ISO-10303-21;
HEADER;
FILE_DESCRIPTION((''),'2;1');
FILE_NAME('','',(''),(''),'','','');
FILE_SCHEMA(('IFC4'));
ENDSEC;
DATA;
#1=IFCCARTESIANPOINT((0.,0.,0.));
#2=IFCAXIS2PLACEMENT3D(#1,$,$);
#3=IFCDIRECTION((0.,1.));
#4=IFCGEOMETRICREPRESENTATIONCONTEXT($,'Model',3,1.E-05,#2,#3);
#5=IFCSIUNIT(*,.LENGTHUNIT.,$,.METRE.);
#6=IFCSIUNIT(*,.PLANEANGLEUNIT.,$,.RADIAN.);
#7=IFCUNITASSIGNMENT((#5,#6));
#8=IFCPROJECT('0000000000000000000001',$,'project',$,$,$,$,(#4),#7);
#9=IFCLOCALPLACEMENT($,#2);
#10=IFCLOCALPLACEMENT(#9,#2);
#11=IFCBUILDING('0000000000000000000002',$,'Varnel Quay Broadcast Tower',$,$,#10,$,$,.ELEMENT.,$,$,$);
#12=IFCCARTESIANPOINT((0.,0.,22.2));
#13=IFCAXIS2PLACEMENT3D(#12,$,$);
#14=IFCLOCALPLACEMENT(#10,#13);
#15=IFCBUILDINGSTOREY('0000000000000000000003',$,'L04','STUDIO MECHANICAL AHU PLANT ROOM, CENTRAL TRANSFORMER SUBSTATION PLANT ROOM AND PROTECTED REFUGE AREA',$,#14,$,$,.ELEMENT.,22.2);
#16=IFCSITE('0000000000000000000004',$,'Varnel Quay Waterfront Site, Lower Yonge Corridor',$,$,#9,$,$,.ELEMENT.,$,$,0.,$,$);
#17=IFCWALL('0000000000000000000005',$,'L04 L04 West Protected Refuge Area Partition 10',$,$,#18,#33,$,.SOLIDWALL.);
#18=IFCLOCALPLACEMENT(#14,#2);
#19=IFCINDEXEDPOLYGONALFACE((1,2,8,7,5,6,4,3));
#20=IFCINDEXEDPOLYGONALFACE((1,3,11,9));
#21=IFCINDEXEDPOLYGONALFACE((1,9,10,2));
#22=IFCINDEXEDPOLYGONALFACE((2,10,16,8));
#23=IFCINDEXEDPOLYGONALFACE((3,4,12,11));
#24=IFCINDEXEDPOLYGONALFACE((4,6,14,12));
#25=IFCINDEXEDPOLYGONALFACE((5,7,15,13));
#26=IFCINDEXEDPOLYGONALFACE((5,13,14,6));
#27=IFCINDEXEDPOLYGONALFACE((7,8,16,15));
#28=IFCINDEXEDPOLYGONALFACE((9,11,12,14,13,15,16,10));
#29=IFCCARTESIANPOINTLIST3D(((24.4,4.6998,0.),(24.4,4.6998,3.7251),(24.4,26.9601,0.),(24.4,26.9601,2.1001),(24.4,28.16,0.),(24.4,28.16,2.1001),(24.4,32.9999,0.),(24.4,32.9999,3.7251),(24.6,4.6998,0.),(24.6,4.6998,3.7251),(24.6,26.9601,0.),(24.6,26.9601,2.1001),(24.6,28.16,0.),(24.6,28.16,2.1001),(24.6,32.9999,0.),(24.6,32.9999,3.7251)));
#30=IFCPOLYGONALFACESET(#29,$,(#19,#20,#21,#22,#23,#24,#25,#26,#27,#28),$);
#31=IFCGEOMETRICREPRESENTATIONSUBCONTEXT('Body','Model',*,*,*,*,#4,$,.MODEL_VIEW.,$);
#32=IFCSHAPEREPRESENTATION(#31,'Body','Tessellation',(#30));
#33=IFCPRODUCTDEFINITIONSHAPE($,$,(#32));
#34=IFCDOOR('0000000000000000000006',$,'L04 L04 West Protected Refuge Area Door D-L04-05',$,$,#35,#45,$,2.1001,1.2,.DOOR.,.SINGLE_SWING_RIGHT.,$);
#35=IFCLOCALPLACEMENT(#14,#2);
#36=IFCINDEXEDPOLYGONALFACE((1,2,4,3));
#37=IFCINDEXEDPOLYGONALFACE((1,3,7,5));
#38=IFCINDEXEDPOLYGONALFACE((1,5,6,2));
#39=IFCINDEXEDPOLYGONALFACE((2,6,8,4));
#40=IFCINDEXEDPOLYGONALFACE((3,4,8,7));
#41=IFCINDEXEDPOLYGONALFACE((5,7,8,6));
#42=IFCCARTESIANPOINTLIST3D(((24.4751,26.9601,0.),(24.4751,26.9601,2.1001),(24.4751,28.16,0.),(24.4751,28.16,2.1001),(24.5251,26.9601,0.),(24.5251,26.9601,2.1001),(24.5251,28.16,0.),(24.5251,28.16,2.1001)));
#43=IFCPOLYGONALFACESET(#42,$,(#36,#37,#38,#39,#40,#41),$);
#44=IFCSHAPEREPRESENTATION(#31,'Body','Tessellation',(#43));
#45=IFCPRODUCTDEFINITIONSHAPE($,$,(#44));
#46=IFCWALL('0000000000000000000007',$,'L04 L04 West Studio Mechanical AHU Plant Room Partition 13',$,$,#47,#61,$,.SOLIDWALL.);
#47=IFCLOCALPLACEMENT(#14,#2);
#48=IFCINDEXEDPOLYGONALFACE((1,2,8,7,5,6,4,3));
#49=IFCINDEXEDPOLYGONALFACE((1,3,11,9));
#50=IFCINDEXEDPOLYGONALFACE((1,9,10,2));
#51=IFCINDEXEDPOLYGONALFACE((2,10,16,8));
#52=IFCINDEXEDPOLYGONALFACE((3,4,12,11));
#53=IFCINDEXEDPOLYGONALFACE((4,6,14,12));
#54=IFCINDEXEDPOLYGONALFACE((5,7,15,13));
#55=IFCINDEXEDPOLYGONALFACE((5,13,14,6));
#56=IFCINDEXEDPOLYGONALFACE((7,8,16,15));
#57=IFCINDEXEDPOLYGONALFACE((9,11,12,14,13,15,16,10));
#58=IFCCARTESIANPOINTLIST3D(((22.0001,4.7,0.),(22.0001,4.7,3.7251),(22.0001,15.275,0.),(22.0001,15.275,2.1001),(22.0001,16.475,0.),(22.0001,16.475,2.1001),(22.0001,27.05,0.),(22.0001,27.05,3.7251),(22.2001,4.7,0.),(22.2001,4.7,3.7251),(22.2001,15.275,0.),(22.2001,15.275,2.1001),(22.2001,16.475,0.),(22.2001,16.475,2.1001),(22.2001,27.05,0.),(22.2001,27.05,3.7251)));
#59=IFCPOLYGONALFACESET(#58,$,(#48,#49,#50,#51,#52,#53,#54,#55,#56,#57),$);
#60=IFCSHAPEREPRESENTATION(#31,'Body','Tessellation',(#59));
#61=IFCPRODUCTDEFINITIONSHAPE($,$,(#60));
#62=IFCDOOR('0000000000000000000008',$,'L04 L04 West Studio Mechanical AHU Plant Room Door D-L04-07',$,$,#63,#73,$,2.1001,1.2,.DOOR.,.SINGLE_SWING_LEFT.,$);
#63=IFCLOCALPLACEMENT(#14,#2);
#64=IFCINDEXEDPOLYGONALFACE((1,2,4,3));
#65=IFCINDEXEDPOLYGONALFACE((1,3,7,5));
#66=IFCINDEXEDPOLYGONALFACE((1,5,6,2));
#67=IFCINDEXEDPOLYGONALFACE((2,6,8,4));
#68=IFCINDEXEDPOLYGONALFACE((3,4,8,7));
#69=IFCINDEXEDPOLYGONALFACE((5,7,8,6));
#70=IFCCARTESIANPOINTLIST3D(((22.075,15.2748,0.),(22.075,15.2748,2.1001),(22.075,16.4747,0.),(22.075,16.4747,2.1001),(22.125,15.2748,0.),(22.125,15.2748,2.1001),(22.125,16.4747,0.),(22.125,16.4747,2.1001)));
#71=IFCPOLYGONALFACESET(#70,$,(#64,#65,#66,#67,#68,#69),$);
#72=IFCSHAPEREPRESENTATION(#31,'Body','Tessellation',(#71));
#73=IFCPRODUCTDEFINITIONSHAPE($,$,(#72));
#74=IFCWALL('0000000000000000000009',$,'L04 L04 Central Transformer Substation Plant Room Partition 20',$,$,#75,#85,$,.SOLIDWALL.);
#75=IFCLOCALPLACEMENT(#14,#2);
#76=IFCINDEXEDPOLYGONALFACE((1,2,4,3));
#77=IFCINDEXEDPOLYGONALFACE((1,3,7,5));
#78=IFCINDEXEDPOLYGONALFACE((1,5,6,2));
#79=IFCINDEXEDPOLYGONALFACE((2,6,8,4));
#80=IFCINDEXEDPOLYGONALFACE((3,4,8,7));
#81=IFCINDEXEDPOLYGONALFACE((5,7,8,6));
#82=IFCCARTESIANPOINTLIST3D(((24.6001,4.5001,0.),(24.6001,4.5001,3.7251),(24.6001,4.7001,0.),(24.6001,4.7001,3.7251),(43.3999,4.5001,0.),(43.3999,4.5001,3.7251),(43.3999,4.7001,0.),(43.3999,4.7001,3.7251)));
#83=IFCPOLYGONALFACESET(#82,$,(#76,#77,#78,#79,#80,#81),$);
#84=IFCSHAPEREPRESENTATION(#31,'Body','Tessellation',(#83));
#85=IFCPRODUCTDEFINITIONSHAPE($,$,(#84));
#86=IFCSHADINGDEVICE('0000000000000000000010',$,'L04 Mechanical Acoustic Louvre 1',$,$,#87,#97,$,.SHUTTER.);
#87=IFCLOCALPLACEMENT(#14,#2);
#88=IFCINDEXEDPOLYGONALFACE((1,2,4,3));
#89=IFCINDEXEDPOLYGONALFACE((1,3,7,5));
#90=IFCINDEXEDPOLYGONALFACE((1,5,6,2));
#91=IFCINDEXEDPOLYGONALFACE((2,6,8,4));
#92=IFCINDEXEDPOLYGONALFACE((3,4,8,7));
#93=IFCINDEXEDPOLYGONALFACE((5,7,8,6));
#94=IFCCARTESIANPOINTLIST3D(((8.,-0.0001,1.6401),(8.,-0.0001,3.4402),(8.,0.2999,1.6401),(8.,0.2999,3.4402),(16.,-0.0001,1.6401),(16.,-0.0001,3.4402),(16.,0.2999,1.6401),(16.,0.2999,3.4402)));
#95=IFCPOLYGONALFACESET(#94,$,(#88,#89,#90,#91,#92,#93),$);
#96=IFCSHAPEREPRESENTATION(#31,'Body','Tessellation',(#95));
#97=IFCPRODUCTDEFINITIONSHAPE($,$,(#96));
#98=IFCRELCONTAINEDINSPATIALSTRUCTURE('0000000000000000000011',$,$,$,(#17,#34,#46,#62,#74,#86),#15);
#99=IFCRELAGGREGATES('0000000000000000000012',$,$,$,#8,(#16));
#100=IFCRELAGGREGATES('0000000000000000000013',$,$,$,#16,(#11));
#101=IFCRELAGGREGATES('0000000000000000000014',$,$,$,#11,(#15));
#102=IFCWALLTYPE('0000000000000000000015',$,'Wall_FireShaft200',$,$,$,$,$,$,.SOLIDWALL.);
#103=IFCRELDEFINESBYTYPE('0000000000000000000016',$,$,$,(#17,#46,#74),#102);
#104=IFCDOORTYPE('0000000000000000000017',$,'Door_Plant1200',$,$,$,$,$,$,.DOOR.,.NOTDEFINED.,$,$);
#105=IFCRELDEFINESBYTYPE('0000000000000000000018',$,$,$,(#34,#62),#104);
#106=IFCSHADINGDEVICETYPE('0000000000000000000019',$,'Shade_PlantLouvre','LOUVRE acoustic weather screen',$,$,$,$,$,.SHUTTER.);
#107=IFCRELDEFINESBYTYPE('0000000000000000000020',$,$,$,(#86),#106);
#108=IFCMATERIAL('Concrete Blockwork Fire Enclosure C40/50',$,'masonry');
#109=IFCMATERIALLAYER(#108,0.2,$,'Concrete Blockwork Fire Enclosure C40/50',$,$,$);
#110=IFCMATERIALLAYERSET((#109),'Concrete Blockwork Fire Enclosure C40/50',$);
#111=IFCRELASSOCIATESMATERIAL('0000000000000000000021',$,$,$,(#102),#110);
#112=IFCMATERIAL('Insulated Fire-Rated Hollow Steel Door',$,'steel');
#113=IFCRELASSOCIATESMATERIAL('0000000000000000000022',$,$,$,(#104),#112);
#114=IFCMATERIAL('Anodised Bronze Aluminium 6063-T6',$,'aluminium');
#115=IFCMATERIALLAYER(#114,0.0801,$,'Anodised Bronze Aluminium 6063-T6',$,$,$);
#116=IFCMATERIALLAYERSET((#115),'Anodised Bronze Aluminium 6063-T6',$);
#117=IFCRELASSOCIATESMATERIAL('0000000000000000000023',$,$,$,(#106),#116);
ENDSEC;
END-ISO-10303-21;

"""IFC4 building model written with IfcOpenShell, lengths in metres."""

from ifc_helpers import new_model, si_unit, direction, frame, frame_2d, origin, origin_2d, place, context, subcontext, project, spatial, rectangle, extrude, source, transform, mapped, material, layer, layer_set, type_object, type_shapes, element, fill, save


model = new_model("IFC4")

# Units and contexts
model_context = context("Model", 3, precision=1e-05, world=origin(), true_north=direction((0.0, 1.0)))
body_context = subcontext(model_context, "Body", "Model", "MODEL_VIEW")
ifc_project = project(units=[si_unit("LENGTHUNIT", "METRE"), si_unit("PLANEANGLEUNIT", "RADIAN")], contexts=[model_context])

# Site, building, storey
site_placement = place(None, origin())
site = spatial("IfcSite", under=ifc_project, at=site_placement, Name="Varnel Quay Waterfront Site, Lower Yonge Corridor", CompositionType="ELEMENT", RefElevation=0.0)
building_placement = place(site_placement, origin())
building = spatial("IfcBuilding", under=site, at=building_placement, Name="Varnel Quay Broadcast Tower", CompositionType="ELEMENT")
storey_placement = place(building_placement, frame((0.0, 0.0, 22.2)))
storey = spatial("IfcBuildingStorey", under=building, at=storey_placement, Name="L04", Description="STUDIO MECHANICAL AHU PLANT ROOM, CENTRAL TRANSFORMER SUBSTATION PLANT ROOM AND PROTECTED REFUGE AREA", CompositionType="ELEMENT", Elevation=22.2)

# Shared definitions
ifc_material_1 = material(Name="Anodised Bronze Aluminium 6063-T6", Category="aluminium")

# Shared definitions
ifc_material_2 = material(Name="Concrete Blockwork Fire Enclosure C40/50", Category="masonry")
ifc_layer_1 = layer(ifc_material_2, 0.2, Name="Concrete Blockwork Fire Enclosure C40/50")
ifc_layer_set_1 = layer_set([ifc_layer_1], Name="Concrete Blockwork Fire Enclosure C40/50")
wall_type = type_object("IfcWallType", Name="Wall_FireShaft200", PredefinedType="SOLIDWALL", material=ifc_layer_set_1)

# Walls, openings, doors
wall_1_placement = place(storey_placement, frame((24.5, 4.7, 0.0), z_axis=(0.0, 0.0, 1.0), x_axis=(0.0, 1.0, 0.0)))
wall_1 = element("IfcWall", 1, at=wall_1_placement, inside=storey, type_object=wall_type, Name="L04 L04 West Protected Refuge Area Partition 10", PredefinedType="SOLIDWALL", context=body_context, shape_type="SweptSolid", body=[
    extrude(rectangle(XDim=28.3, YDim=0.2, at=frame_2d((14.1499, 0.0))), origin(), (0.0, 0.0, 1.0), 3.7251),
])
opening_1_placement = place(wall_1_placement, frame((22.26, 0.0, 0.0)))
opening_1 = element("IfcOpeningElement", 2, at=opening_1_placement, cuts=wall_1, PredefinedType="OPENING", context=body_context, shape_type="SweptSolid", body=[
    extrude(rectangle(XDim=1.2, YDim=2.1001, at=frame_2d((0.6001, 1.05))), frame((0.0, 0.1099, 0.0), z_axis=(0.0, -1.0, 0.0), x_axis=(1.0, 0.0, 0.0)), (0.0, 0.0, 1.0), 0.22),
])
ifc_material_3 = material(Name="Insulated Fire-Rated Hollow Steel Door", Category="steel")
door_type = type_object("IfcDoorType", Name="Door_Plant1200", OperationType="NOTDEFINED", PredefinedType="DOOR", material=ifc_material_3)
shared_shape_1 = source(origin(), body_context, "Body", "SweptSolid", [
    extrude(rectangle(XDim=1.2, YDim=2.1001, at=frame_2d((0.6001, 1.05))), frame((0.0, 0.0249, 0.0), z_axis=(0.0, -1.0, 0.0), x_axis=(1.0, 0.0, 0.0)), (0.0, 0.0, 1.0), 0.05),
])
type_shapes(door_type, [shared_shape_1])
door_1_placement = place(opening_1_placement, origin())
door_1 = element("IfcDoor", 3, at=door_1_placement, inside=storey, type_object=door_type, Name="L04 L04 West Protected Refuge Area Door D-L04-05", OperationType="SINGLE_SWING_RIGHT", OverallHeight=2.1001, OverallWidth=1.2, PredefinedType="DOOR", context=body_context, shape_type="MappedRepresentation", body=[
    mapped(shared_shape_1, transform((0.0, 0.0, 0.0), x_axis=(1.0, 0.0, 0.0), y_axis=(0.0, 1.0, 0.0), z_axis=(0.0, 0.0, 1.0), scale=1.0)),
])
fill(opening_1, door_1)
wall_2_placement = place(storey_placement, frame((22.1001, 4.7, 0.0), z_axis=(0.0, 0.0, 1.0), x_axis=(0.0, 1.0, 0.0)))
wall_2 = element("IfcWall", 4, at=wall_2_placement, inside=storey, type_object=wall_type, Name="L04 L04 West Studio Mechanical AHU Plant Room Partition 13", PredefinedType="SOLIDWALL", context=body_context, shape_type="SweptSolid", body=[
    extrude(rectangle(XDim=22.3501, YDim=0.2, at=frame_2d((11.175, 0.0))), origin(), (0.0, 0.0, 1.0), 3.7251),
])
opening_2_placement = place(wall_2_placement, frame((10.575, 0.0, 0.0)))
opening_2 = element("IfcOpeningElement", 5, at=opening_2_placement, cuts=wall_2, PredefinedType="OPENING", context=body_context, shape_type="SweptSolid", body=[
    extrude(rectangle(XDim=1.2, YDim=2.1001, at=frame_2d((0.6001, 1.05))), frame((0.0, 0.1099, 0.0), z_axis=(0.0, -1.0, 0.0), x_axis=(1.0, 0.0, 0.0)), (0.0, 0.0, 1.0), 0.22),
])
door_2_placement = place(opening_2_placement, frame((1.2, 0.0, 0.0), z_axis=(0.0, 0.0, 1.0), x_axis=(-1.0, 0.0, 0.0)))
door_2 = element("IfcDoor", 6, at=door_2_placement, inside=storey, type_object=door_type, Name="L04 L04 West Studio Mechanical AHU Plant Room Door D-L04-07", OperationType="SINGLE_SWING_LEFT", OverallHeight=2.1001, OverallWidth=1.2, PredefinedType="DOOR", context=body_context, shape_type="MappedRepresentation", body=[
    mapped(shared_shape_1, transform((0.0, 0.0, 0.0), x_axis=(1.0, 0.0, 0.0), y_axis=(0.0, 1.0, 0.0), z_axis=(0.0, 0.0, 1.0), scale=1.0)),
])
fill(opening_2, door_2)

# Wall
wall_3_placement = place(storey_placement, frame((24.6001, 4.6001, 0.0), z_axis=(0.0, 0.0, 1.0), x_axis=(1.0, 0.0, 0.0)))
element("IfcWall", 7, at=wall_3_placement, inside=storey, type_object=wall_type, Name="L04 L04 Central Transformer Substation Plant Room Partition 20", PredefinedType="SOLIDWALL", context=body_context, shape_type="SweptSolid", body=[
    extrude(rectangle(XDim=18.7998, YDim=0.2, at=frame_2d((9.3999, 0.0))), origin(), (0.0, 0.0, 1.0), 3.7251),
])

# Shading device
ifc_layer_2 = layer(ifc_material_1, 0.0801, Name="Anodised Bronze Aluminium 6063-T6")
ifc_layer_set_2 = layer_set([ifc_layer_2], Name="Anodised Bronze Aluminium 6063-T6")
shading_device_type = type_object("IfcShadingDeviceType", Name="Shade_PlantLouvre", Description="LOUVRE acoustic weather screen", PredefinedType="SHUTTER", material=ifc_layer_set_2)
shared_shape_2 = source(origin(), body_context, "Body", "SweptSolid", [
    extrude(rectangle(XDim=8.0, YDim=0.3, at=origin_2d()), origin(), (0.0, 0.0, 1.0), 1.8),
])
type_shapes(shading_device_type, [shared_shape_2])
shading_device_placement = place(storey_placement, frame((12.0, 0.1499, 1.6401), z_axis=(0.0, 0.0, 1.0), x_axis=(1.0, 0.0, 0.0)))
element("IfcShadingDevice", 8, at=shading_device_placement, inside=storey, type_object=shading_device_type, Name="L04 Mechanical Acoustic Louvre 1", PredefinedType="SHUTTER", context=body_context, shape_type="MappedRepresentation", body=[
    mapped(shared_shape_2, transform((0.0, 0.0, 0.0), x_axis=(1.0, 0.0, 0.0), y_axis=(0.0, 1.0, 0.0), z_axis=(0.0, 0.0, 1.0), scale=1.0)),
])

save(model, "model.ifc")
